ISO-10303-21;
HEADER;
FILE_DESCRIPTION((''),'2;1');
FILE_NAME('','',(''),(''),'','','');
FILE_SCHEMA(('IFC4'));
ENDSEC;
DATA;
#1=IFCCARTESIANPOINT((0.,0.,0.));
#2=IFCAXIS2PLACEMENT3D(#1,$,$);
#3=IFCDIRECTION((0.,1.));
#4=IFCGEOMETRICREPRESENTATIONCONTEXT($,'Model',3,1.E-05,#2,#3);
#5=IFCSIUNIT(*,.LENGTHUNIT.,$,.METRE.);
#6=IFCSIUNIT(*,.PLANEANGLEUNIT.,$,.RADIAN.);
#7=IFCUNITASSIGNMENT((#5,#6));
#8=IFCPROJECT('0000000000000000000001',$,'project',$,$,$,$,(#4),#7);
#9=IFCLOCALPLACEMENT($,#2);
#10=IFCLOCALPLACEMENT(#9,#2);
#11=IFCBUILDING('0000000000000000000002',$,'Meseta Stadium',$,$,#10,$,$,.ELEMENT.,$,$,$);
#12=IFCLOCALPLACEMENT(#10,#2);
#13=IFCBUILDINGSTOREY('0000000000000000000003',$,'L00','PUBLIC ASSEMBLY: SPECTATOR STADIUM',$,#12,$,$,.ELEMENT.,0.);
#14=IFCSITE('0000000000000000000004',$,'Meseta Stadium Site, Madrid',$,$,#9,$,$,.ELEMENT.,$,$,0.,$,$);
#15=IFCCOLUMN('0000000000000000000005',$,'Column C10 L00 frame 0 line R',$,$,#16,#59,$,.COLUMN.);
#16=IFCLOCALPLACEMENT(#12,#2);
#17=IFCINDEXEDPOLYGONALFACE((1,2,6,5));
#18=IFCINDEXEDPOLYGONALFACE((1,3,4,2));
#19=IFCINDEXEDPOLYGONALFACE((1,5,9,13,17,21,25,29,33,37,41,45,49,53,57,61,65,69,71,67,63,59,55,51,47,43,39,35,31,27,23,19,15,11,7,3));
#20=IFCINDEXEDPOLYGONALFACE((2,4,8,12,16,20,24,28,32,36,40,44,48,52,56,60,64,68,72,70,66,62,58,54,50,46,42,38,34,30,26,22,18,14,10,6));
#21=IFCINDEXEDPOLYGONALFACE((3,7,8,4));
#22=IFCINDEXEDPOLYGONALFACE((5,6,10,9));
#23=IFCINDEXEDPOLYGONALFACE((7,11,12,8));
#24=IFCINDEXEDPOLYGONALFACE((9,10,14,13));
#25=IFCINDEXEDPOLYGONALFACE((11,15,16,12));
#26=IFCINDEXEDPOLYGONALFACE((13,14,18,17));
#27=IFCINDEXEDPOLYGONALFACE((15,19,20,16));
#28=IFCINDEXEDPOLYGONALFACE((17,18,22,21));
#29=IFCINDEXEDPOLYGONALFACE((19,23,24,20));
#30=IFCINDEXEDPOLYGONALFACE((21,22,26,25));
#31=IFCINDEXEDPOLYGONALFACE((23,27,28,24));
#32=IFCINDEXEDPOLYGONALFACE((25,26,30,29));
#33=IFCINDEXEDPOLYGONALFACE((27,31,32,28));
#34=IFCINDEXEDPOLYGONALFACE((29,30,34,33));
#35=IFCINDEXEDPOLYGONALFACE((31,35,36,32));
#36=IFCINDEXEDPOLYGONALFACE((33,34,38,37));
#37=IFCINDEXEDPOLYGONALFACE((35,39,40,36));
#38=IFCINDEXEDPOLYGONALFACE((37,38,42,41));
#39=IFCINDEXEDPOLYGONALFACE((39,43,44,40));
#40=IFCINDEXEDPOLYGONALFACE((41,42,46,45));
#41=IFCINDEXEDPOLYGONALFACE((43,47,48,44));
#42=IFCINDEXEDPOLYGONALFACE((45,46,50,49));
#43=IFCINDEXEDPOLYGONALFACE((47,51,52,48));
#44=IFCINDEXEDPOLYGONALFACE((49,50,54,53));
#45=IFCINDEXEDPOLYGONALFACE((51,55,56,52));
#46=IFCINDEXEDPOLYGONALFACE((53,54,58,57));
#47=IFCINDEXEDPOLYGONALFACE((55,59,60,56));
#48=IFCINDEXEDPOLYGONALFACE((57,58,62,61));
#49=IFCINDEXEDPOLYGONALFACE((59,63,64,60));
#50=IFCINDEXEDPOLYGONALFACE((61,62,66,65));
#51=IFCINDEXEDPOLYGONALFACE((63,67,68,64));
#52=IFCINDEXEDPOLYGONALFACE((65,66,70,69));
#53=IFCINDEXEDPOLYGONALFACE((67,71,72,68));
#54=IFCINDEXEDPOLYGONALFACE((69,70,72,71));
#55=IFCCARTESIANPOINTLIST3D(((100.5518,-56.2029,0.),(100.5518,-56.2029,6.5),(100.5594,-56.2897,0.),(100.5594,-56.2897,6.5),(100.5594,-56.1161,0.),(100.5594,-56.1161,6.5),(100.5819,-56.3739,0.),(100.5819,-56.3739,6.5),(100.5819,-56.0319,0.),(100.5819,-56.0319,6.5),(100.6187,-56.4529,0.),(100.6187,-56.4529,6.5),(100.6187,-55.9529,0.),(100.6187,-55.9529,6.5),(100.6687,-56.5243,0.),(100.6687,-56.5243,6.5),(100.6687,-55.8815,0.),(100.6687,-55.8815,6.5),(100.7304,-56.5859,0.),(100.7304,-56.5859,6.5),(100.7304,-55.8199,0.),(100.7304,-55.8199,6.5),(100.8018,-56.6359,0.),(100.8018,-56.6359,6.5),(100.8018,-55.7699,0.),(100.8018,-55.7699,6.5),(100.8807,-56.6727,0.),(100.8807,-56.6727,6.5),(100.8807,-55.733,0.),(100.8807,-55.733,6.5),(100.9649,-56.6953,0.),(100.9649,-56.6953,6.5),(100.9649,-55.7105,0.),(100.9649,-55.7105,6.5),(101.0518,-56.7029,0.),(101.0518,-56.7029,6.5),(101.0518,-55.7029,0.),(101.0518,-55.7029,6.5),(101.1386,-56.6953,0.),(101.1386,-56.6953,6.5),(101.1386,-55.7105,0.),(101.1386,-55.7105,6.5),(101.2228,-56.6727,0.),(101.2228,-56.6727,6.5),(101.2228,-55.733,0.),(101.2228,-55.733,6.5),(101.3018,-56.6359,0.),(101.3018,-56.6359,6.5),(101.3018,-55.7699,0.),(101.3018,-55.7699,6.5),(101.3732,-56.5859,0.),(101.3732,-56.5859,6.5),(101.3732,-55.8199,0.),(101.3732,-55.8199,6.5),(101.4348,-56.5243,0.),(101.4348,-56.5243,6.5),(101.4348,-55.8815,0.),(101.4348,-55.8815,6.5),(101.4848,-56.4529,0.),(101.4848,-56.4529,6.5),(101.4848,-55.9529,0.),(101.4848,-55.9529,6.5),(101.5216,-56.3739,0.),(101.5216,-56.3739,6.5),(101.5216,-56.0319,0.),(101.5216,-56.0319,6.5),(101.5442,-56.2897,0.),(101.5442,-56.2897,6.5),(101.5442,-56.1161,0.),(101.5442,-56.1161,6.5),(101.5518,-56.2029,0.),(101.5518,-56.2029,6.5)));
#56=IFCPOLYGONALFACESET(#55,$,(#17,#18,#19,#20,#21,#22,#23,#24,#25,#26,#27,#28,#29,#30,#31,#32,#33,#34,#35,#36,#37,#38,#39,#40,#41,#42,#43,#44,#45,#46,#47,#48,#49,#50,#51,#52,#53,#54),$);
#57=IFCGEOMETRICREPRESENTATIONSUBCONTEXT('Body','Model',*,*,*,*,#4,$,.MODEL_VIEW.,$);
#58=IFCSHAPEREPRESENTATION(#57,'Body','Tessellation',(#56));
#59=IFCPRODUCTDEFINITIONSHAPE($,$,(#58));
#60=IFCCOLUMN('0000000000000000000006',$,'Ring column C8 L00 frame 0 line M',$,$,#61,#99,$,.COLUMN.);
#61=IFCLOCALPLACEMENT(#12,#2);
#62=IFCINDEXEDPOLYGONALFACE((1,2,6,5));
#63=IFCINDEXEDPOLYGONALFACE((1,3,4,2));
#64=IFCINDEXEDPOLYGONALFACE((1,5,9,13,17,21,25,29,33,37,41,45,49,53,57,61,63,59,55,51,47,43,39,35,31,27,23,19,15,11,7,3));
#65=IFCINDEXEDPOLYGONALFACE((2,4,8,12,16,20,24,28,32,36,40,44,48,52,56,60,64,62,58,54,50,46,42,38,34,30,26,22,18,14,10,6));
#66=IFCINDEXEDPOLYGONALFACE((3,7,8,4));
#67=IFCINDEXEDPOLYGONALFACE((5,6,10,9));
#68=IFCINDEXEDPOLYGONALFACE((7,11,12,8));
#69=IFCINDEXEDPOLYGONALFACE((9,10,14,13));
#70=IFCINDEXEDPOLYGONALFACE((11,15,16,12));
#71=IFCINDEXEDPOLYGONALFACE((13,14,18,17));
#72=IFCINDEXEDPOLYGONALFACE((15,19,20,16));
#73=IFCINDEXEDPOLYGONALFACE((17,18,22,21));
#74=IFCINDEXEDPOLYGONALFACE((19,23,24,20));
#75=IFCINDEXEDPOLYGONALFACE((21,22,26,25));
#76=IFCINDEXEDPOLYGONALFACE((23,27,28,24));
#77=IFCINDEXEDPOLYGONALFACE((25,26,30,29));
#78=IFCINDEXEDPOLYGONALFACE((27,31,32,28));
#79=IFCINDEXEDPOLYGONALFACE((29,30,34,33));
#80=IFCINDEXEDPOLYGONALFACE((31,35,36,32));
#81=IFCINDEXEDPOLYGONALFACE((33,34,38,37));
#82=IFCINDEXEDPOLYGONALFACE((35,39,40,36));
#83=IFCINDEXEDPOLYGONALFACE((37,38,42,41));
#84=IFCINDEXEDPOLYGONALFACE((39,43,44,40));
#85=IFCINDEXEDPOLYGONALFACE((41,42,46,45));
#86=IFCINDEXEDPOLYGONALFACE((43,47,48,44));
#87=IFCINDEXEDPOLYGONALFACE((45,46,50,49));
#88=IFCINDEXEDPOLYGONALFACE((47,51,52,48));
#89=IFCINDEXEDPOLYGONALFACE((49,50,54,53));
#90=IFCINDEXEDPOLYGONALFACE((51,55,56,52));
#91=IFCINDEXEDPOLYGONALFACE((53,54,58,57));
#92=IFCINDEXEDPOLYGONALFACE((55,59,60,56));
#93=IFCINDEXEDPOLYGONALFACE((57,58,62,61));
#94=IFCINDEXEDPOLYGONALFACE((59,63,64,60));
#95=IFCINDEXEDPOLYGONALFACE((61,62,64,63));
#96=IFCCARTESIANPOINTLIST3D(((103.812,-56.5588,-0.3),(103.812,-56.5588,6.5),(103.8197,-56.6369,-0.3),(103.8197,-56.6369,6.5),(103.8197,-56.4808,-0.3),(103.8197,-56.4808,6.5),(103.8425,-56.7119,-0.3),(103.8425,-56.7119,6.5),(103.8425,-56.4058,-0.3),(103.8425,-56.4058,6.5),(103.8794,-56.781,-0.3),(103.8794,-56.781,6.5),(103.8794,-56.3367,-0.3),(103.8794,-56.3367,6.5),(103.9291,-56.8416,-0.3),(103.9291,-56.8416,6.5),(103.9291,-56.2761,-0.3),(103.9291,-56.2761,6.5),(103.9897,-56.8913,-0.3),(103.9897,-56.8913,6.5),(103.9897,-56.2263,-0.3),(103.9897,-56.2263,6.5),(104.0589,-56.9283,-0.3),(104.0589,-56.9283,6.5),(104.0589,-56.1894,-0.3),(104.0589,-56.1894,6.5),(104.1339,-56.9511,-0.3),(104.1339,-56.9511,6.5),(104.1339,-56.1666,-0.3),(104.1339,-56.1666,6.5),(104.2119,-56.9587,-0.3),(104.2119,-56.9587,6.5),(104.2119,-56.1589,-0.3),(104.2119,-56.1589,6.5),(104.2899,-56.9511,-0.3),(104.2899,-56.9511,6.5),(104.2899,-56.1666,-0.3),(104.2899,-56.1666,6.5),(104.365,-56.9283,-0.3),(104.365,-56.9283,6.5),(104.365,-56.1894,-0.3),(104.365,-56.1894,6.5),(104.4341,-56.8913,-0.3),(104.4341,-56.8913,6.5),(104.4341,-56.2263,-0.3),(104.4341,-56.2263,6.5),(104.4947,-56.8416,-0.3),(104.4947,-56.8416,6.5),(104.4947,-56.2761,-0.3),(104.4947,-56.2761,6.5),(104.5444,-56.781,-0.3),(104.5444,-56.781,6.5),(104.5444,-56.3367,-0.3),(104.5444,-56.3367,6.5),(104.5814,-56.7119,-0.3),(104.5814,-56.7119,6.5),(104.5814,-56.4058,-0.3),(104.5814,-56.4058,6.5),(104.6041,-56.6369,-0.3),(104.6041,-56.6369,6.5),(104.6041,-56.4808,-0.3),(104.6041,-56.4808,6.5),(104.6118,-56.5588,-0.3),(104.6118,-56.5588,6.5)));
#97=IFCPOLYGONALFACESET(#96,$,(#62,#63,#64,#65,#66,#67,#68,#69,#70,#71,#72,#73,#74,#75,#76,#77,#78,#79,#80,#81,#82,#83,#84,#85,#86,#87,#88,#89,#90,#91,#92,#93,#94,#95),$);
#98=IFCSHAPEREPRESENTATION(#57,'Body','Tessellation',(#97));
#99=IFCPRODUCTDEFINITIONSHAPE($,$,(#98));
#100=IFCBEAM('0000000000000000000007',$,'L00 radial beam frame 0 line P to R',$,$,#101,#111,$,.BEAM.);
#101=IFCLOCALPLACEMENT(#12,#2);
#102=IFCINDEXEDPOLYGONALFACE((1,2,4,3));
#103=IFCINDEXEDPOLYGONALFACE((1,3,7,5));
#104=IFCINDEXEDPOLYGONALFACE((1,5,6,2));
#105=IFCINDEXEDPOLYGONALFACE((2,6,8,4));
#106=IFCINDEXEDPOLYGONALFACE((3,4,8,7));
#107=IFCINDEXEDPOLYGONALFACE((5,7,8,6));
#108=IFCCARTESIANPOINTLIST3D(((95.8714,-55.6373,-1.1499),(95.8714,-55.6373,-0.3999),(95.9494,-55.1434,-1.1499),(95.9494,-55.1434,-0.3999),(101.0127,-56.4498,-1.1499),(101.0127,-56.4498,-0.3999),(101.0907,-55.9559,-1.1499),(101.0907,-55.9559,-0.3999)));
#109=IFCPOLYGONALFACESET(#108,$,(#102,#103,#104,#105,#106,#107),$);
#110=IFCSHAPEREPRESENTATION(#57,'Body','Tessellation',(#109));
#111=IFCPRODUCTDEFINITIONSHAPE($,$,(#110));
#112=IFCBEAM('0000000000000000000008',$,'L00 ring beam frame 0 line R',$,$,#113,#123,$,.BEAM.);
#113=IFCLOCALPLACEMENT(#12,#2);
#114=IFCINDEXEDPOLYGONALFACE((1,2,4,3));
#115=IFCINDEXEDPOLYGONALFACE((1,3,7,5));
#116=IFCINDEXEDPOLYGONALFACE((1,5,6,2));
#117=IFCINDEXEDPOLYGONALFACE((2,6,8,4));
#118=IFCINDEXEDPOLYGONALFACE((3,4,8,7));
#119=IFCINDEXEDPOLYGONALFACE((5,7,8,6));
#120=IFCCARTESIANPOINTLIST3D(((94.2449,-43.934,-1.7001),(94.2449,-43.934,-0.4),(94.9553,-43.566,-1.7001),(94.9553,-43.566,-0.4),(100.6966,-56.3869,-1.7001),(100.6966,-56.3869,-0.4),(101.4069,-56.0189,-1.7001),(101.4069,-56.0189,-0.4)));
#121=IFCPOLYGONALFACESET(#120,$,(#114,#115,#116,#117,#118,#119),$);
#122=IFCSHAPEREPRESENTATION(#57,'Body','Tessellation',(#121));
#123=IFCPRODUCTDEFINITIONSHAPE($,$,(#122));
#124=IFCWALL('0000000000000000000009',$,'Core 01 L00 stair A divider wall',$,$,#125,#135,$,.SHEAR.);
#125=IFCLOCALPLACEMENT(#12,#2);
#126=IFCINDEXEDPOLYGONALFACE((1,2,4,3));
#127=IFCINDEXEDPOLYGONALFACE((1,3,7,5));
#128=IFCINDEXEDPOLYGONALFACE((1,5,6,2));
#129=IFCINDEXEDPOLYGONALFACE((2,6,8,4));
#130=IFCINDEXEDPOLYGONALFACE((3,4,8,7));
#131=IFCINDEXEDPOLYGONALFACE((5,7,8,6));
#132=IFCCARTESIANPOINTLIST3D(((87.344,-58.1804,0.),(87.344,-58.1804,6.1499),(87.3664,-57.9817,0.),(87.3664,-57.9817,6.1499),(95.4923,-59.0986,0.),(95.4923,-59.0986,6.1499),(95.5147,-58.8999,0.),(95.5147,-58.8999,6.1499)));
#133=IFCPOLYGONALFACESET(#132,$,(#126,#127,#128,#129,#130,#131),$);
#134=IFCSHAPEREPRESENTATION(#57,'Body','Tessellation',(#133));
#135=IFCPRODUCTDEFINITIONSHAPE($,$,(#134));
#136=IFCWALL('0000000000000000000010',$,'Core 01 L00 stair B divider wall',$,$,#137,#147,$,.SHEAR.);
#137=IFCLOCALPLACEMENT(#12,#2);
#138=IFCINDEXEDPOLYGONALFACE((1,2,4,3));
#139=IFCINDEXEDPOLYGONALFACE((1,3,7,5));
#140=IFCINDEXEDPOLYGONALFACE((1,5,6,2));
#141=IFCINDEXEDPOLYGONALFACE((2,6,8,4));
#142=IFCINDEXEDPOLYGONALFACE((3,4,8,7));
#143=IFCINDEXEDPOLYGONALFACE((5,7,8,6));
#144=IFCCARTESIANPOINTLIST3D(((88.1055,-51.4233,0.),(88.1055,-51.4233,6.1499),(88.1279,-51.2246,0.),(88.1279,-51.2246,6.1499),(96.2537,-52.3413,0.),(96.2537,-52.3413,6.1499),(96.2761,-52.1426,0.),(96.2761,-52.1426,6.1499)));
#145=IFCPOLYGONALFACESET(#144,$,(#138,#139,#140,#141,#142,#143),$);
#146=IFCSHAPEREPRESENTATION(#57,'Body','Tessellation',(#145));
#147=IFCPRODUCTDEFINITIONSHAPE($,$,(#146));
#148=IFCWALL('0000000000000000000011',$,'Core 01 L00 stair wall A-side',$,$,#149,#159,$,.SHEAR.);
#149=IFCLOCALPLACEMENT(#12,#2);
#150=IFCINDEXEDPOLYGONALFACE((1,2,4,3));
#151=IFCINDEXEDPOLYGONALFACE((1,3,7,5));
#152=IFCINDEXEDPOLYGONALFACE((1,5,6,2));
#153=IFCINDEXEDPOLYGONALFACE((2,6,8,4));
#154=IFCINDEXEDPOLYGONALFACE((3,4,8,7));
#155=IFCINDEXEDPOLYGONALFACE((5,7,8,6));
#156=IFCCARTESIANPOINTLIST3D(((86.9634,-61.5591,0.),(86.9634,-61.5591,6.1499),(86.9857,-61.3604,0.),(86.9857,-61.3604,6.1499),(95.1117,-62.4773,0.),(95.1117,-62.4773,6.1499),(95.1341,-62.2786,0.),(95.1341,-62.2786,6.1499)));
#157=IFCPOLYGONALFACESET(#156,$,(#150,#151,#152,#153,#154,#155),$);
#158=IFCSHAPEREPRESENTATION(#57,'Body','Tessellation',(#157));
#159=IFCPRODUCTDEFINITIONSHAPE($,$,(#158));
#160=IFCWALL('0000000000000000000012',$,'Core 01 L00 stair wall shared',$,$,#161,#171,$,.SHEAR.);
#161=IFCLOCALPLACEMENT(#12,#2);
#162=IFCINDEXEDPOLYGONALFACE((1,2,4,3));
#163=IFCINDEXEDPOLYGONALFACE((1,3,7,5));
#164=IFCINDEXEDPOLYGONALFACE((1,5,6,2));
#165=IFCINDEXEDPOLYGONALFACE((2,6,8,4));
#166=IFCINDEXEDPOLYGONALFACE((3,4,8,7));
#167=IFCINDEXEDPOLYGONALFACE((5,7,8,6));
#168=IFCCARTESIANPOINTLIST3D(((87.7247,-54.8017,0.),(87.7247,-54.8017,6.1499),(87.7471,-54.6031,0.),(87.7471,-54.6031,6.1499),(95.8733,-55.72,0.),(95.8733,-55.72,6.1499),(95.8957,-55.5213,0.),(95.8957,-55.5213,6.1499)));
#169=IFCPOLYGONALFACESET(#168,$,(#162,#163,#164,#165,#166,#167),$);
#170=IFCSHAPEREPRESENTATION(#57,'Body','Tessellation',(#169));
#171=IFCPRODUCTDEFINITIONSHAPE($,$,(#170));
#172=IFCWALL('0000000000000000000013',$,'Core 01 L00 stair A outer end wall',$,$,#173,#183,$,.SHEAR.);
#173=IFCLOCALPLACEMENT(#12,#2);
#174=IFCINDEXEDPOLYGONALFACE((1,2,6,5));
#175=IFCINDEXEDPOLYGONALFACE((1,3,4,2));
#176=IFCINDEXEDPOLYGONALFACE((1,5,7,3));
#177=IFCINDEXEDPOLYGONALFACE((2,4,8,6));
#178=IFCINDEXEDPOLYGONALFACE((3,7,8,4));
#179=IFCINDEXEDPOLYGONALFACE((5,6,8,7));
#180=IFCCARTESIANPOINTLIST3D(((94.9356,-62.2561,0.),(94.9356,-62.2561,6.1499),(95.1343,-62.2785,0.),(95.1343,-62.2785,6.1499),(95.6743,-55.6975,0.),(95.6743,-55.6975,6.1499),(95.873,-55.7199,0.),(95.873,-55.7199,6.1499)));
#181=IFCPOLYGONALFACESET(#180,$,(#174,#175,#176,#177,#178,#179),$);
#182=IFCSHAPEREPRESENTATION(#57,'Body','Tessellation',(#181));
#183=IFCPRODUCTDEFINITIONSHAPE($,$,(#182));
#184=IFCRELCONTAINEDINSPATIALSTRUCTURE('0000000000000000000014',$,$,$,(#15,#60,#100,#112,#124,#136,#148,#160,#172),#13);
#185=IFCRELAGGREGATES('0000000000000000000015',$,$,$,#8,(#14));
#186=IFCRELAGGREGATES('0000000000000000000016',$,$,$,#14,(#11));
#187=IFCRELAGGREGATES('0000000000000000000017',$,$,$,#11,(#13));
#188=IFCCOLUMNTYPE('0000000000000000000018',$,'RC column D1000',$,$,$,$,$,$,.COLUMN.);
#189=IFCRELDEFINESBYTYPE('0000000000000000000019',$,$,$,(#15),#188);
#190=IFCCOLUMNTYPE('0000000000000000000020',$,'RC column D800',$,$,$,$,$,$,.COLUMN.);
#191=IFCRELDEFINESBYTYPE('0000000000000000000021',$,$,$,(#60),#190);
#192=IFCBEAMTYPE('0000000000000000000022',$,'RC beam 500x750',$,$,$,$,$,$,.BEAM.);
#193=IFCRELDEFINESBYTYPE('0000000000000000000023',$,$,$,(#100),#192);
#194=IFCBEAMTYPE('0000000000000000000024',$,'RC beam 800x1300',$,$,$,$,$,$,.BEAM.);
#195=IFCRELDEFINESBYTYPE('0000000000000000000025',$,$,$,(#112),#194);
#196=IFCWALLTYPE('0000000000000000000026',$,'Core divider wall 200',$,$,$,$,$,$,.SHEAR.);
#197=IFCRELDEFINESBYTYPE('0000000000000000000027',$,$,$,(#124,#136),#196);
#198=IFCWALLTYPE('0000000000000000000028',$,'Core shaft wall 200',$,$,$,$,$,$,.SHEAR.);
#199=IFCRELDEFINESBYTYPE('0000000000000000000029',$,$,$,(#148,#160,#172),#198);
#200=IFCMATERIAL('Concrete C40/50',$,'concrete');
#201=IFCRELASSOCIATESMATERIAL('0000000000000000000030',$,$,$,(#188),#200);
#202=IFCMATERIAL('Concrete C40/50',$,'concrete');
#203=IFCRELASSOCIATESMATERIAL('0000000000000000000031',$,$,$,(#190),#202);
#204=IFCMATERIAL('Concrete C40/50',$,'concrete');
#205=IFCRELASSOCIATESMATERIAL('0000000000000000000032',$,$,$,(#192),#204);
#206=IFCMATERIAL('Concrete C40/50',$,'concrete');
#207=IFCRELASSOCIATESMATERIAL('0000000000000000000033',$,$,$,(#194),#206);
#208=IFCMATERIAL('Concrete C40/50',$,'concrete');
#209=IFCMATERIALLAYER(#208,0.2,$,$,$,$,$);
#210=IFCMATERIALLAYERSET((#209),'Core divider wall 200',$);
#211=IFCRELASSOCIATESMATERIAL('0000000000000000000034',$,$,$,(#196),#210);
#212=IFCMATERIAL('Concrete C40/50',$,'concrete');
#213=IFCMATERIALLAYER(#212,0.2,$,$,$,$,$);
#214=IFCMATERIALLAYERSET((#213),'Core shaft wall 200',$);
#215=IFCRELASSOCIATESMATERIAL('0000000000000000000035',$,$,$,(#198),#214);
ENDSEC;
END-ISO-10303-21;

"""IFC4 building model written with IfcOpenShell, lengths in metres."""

from ifc_helpers import new_model, si_unit, direction, frame, frame_2d, origin, origin_2d, place, context, subcontext, project, spatial, rectangle, circle, extrude, material, layer, layer_set, material_profile, profile_set, type_object, element, save


model = new_model("IFC4")

# Units and contexts
model_context = context("Model", 3, precision=1e-05, world=origin(), true_north=direction((0.0, 1.0)))
body_context = subcontext(model_context, "Body", "Model", "MODEL_VIEW")
ifc_project = project(units=[si_unit("LENGTHUNIT", "METRE"), si_unit("PLANEANGLEUNIT", "RADIAN")], contexts=[model_context])

# Site, building, storey
site_placement = place(None, origin())
site = spatial("IfcSite", under=ifc_project, at=site_placement, Name="Meseta Stadium Site, Madrid", CompositionType="ELEMENT", RefElevation=0.0)
building_placement = place(site_placement, origin())
building = spatial("IfcBuilding", under=site, at=building_placement, Name="Meseta Stadium", CompositionType="ELEMENT")
storey_placement = place(building_placement, origin())
storey = spatial("IfcBuildingStorey", under=building, at=storey_placement, Name="L00", Description="PUBLIC ASSEMBLY: SPECTATOR STADIUM", CompositionType="ELEMENT", Elevation=0.0)

# Columns
ifc_material_1 = material(Name="Concrete C40/50", Category="concrete")
ifc_material_profile_1 = material_profile(ifc_material_1, circle(Radius=0.5, at=origin_2d()), Name="RC D1000")
ifc_profile_set_1 = profile_set([ifc_material_profile_1], Name="Concrete C40/50")
column_type_1 = type_object("IfcColumnType", Name="RC column D1000", PredefinedType="COLUMN", material=ifc_profile_set_1)
column_1_placement = place(storey_placement, frame((101.0518, -56.2029, 0.0), z_axis=(0.0, 0.0, 1.0), x_axis=(1.0, 0.0, 0.0)))
element("IfcColumn", 1, at=column_1_placement, inside=storey, type_object=column_type_1, Name="Column C10 L00 frame 0 line R", PredefinedType="COLUMN", context=body_context, shape_type="SweptSolid", body=[
    extrude(circle(Radius=0.5, at=origin_2d()), origin(), (0.0, 0.0, 1.0), 6.5),
])
ifc_material_2 = material(Name="Concrete C40/50", Category="concrete")
ifc_material_profile_2 = material_profile(ifc_material_2, circle(Radius=0.3999, at=origin_2d()), Name="RC D800")
ifc_profile_set_2 = profile_set([ifc_material_profile_2], Name="Concrete C40/50")
column_type_2 = type_object("IfcColumnType", Name="RC column D800", PredefinedType="COLUMN", material=ifc_profile_set_2)
column_2_placement = place(storey_placement, frame((104.2119, -56.5588, -0.3), z_axis=(0.0, 0.0, 1.0), x_axis=(1.0, 0.0, 0.0)))
element("IfcColumn", 2, at=column_2_placement, inside=storey, type_object=column_type_2, Name="Ring column C8 L00 frame 0 line M", PredefinedType="COLUMN", context=body_context, shape_type="SweptSolid", body=[
    extrude(circle(Radius=0.3999, at=origin_2d()), origin(), (0.0, 0.0, 1.0), 6.8),
])

# Beams
ifc_material_3 = material(Name="Concrete C40/50", Category="concrete")
ifc_material_profile_3 = material_profile(ifc_material_3, rectangle(XDim=0.5, YDim=0.75, at=origin_2d()), Name="RC 500x750")
ifc_profile_set_3 = profile_set([ifc_material_profile_3], Name="Concrete C40/50")
beam_type_1 = type_object("IfcBeamType", Name="RC beam 500x750", PredefinedType="BEAM", material=ifc_profile_set_3)
beam_1_placement = place(storey_placement, frame((95.9104, -55.3904, -0.7749), z_axis=(0.987742, -0.156095, 0.0), x_axis=(0.156095, 0.987742, 0.0)))
element("IfcBeam", 3, at=beam_1_placement, inside=storey, type_object=beam_type_1, Name="L00 radial beam frame 0 line P to R", PredefinedType="BEAM", context=body_context, shape_type="SweptSolid", body=[
    extrude(rectangle(XDim=0.5, YDim=0.75, at=origin_2d()), origin(), (0.0, 0.0, 1.0), 5.2051),
])
ifc_material_4 = material(Name="Concrete C40/50", Category="concrete")
ifc_material_profile_4 = material_profile(ifc_material_4, rectangle(XDim=0.8, YDim=1.3, at=origin_2d()), Name="RC 800x1300")
ifc_profile_set_4 = profile_set([ifc_material_profile_4], Name="Concrete C40/50")
beam_type_2 = type_object("IfcBeamType", Name="RC beam 800x1300", PredefinedType="BEAM", material=ifc_profile_set_4)
beam_2_placement = place(storey_placement, frame((101.0518, -56.2029, -1.05), z_axis=(-0.460014, 0.887912, 0.0), x_axis=(-0.887912, -0.460014, 0.0)))
element("IfcBeam", 4, at=beam_2_placement, inside=storey, type_object=beam_type_2, Name="L00 ring beam frame 0 line R", PredefinedType="BEAM", context=body_context, shape_type="SweptSolid", body=[
    extrude(rectangle(XDim=0.8, YDim=1.3, at=origin_2d()), origin(), (0.0, 0.0, 1.0), 14.0249),
])

# Walls
ifc_material_5 = material(Name="Concrete C40/50", Category="concrete")
ifc_layer_1 = layer(ifc_material_5, 0.2)
ifc_layer_set_1 = layer_set([ifc_layer_1], Name="Core divider wall 200")
wall_type_1 = type_object("IfcWallType", Name="Core divider wall 200", PredefinedType="SHEAR", material=ifc_layer_set_1)
wall_1_placement = place(storey_placement, frame((95.5037, -58.9993, 0.0), z_axis=(0.0, 0.0, 1.0), x_axis=(-0.993711, 0.111977, 0.0)))
element("IfcWall", 5, at=wall_1_placement, inside=storey, type_object=wall_type_1, Name="Core 01 L00 stair A divider wall", PredefinedType="SHEAR", context=body_context, shape_type="SweptSolid", body=[
    extrude(rectangle(XDim=8.2, YDim=0.2, at=frame_2d((4.1001, 0.0))), origin(), (0.0, 0.0, 1.0), 6.1499),
])
wall_2_placement = place(storey_placement, frame((96.2649, -52.2419, 0.0), z_axis=(0.0, 0.0, 1.0), x_axis=(-0.993714, 0.111951, 0.0)))
element("IfcWall", 6, at=wall_2_placement, inside=storey, type_object=wall_type_1, Name="Core 01 L00 stair B divider wall", PredefinedType="SHEAR", context=body_context, shape_type="SweptSolid", body=[
    extrude(rectangle(XDim=8.1997, YDim=0.2, at=frame_2d((4.0999, 0.0))), origin(), (0.0, 0.0, 1.0), 6.1499),
])
ifc_material_6 = material(Name="Concrete C40/50", Category="concrete")
ifc_layer_2 = layer(ifc_material_6, 0.2)
ifc_layer_set_2 = layer_set([ifc_layer_2], Name="Core shaft wall 200")
wall_type_2 = type_object("IfcWallType", Name="Core shaft wall 200", PredefinedType="SHEAR", material=ifc_layer_set_2)
wall_3_placement = place(storey_placement, frame((95.123, -62.3779, 0.0), z_axis=(0.0, 0.0, 1.0), x_axis=(-0.993711, 0.111977, 0.0)))
element("IfcWall", 7, at=wall_3_placement, inside=storey, type_object=wall_type_2, Name="Core 01 L00 stair wall A-side", PredefinedType="SHEAR", context=body_context, shape_type="SweptSolid", body=[
    extrude(rectangle(XDim=8.2, YDim=0.2, at=frame_2d((4.1001, 0.0))), origin(), (0.0, 0.0, 1.0), 6.1499),
])
wall_4_placement = place(storey_placement, frame((95.8845, -55.6206, 0.0), z_axis=(0.0, 0.0, 1.0), x_axis=(-0.993711, 0.111974, 0.0)))
element("IfcWall", 8, at=wall_4_placement, inside=storey, type_object=wall_type_2, Name="Core 01 L00 stair wall shared", PredefinedType="SHEAR", context=body_context, shape_type="SweptSolid", body=[
    extrude(rectangle(XDim=8.2002, YDim=0.2, at=frame_2d((4.1001, 0.0))), origin(), (0.0, 0.0, 1.0), 6.1499),
])
for number, where, z_axis, x_axis, name in (
    (9, (95.0349, -62.2673, 0.0), (0.0, 0.0, 1.0), (0.111934, 0.993716, 0.0), "Core 01 L00 stair A outer end wall"),
):
    element("IfcWall", number, at=place(storey_placement, frame(where, z_axis=z_axis, x_axis=x_axis)), inside=storey, type_object=wall_type_2, Name=name, PredefinedType="SHEAR", context=body_context, shape_type="SweptSolid", body=[
        extrude(rectangle(XDim=6.6001, YDim=0.2, at=frame_2d((3.3, 0.0))), origin(), (0.0, 0.0, 1.0), 6.1499),
    ])

save(model, "model.ifc")
